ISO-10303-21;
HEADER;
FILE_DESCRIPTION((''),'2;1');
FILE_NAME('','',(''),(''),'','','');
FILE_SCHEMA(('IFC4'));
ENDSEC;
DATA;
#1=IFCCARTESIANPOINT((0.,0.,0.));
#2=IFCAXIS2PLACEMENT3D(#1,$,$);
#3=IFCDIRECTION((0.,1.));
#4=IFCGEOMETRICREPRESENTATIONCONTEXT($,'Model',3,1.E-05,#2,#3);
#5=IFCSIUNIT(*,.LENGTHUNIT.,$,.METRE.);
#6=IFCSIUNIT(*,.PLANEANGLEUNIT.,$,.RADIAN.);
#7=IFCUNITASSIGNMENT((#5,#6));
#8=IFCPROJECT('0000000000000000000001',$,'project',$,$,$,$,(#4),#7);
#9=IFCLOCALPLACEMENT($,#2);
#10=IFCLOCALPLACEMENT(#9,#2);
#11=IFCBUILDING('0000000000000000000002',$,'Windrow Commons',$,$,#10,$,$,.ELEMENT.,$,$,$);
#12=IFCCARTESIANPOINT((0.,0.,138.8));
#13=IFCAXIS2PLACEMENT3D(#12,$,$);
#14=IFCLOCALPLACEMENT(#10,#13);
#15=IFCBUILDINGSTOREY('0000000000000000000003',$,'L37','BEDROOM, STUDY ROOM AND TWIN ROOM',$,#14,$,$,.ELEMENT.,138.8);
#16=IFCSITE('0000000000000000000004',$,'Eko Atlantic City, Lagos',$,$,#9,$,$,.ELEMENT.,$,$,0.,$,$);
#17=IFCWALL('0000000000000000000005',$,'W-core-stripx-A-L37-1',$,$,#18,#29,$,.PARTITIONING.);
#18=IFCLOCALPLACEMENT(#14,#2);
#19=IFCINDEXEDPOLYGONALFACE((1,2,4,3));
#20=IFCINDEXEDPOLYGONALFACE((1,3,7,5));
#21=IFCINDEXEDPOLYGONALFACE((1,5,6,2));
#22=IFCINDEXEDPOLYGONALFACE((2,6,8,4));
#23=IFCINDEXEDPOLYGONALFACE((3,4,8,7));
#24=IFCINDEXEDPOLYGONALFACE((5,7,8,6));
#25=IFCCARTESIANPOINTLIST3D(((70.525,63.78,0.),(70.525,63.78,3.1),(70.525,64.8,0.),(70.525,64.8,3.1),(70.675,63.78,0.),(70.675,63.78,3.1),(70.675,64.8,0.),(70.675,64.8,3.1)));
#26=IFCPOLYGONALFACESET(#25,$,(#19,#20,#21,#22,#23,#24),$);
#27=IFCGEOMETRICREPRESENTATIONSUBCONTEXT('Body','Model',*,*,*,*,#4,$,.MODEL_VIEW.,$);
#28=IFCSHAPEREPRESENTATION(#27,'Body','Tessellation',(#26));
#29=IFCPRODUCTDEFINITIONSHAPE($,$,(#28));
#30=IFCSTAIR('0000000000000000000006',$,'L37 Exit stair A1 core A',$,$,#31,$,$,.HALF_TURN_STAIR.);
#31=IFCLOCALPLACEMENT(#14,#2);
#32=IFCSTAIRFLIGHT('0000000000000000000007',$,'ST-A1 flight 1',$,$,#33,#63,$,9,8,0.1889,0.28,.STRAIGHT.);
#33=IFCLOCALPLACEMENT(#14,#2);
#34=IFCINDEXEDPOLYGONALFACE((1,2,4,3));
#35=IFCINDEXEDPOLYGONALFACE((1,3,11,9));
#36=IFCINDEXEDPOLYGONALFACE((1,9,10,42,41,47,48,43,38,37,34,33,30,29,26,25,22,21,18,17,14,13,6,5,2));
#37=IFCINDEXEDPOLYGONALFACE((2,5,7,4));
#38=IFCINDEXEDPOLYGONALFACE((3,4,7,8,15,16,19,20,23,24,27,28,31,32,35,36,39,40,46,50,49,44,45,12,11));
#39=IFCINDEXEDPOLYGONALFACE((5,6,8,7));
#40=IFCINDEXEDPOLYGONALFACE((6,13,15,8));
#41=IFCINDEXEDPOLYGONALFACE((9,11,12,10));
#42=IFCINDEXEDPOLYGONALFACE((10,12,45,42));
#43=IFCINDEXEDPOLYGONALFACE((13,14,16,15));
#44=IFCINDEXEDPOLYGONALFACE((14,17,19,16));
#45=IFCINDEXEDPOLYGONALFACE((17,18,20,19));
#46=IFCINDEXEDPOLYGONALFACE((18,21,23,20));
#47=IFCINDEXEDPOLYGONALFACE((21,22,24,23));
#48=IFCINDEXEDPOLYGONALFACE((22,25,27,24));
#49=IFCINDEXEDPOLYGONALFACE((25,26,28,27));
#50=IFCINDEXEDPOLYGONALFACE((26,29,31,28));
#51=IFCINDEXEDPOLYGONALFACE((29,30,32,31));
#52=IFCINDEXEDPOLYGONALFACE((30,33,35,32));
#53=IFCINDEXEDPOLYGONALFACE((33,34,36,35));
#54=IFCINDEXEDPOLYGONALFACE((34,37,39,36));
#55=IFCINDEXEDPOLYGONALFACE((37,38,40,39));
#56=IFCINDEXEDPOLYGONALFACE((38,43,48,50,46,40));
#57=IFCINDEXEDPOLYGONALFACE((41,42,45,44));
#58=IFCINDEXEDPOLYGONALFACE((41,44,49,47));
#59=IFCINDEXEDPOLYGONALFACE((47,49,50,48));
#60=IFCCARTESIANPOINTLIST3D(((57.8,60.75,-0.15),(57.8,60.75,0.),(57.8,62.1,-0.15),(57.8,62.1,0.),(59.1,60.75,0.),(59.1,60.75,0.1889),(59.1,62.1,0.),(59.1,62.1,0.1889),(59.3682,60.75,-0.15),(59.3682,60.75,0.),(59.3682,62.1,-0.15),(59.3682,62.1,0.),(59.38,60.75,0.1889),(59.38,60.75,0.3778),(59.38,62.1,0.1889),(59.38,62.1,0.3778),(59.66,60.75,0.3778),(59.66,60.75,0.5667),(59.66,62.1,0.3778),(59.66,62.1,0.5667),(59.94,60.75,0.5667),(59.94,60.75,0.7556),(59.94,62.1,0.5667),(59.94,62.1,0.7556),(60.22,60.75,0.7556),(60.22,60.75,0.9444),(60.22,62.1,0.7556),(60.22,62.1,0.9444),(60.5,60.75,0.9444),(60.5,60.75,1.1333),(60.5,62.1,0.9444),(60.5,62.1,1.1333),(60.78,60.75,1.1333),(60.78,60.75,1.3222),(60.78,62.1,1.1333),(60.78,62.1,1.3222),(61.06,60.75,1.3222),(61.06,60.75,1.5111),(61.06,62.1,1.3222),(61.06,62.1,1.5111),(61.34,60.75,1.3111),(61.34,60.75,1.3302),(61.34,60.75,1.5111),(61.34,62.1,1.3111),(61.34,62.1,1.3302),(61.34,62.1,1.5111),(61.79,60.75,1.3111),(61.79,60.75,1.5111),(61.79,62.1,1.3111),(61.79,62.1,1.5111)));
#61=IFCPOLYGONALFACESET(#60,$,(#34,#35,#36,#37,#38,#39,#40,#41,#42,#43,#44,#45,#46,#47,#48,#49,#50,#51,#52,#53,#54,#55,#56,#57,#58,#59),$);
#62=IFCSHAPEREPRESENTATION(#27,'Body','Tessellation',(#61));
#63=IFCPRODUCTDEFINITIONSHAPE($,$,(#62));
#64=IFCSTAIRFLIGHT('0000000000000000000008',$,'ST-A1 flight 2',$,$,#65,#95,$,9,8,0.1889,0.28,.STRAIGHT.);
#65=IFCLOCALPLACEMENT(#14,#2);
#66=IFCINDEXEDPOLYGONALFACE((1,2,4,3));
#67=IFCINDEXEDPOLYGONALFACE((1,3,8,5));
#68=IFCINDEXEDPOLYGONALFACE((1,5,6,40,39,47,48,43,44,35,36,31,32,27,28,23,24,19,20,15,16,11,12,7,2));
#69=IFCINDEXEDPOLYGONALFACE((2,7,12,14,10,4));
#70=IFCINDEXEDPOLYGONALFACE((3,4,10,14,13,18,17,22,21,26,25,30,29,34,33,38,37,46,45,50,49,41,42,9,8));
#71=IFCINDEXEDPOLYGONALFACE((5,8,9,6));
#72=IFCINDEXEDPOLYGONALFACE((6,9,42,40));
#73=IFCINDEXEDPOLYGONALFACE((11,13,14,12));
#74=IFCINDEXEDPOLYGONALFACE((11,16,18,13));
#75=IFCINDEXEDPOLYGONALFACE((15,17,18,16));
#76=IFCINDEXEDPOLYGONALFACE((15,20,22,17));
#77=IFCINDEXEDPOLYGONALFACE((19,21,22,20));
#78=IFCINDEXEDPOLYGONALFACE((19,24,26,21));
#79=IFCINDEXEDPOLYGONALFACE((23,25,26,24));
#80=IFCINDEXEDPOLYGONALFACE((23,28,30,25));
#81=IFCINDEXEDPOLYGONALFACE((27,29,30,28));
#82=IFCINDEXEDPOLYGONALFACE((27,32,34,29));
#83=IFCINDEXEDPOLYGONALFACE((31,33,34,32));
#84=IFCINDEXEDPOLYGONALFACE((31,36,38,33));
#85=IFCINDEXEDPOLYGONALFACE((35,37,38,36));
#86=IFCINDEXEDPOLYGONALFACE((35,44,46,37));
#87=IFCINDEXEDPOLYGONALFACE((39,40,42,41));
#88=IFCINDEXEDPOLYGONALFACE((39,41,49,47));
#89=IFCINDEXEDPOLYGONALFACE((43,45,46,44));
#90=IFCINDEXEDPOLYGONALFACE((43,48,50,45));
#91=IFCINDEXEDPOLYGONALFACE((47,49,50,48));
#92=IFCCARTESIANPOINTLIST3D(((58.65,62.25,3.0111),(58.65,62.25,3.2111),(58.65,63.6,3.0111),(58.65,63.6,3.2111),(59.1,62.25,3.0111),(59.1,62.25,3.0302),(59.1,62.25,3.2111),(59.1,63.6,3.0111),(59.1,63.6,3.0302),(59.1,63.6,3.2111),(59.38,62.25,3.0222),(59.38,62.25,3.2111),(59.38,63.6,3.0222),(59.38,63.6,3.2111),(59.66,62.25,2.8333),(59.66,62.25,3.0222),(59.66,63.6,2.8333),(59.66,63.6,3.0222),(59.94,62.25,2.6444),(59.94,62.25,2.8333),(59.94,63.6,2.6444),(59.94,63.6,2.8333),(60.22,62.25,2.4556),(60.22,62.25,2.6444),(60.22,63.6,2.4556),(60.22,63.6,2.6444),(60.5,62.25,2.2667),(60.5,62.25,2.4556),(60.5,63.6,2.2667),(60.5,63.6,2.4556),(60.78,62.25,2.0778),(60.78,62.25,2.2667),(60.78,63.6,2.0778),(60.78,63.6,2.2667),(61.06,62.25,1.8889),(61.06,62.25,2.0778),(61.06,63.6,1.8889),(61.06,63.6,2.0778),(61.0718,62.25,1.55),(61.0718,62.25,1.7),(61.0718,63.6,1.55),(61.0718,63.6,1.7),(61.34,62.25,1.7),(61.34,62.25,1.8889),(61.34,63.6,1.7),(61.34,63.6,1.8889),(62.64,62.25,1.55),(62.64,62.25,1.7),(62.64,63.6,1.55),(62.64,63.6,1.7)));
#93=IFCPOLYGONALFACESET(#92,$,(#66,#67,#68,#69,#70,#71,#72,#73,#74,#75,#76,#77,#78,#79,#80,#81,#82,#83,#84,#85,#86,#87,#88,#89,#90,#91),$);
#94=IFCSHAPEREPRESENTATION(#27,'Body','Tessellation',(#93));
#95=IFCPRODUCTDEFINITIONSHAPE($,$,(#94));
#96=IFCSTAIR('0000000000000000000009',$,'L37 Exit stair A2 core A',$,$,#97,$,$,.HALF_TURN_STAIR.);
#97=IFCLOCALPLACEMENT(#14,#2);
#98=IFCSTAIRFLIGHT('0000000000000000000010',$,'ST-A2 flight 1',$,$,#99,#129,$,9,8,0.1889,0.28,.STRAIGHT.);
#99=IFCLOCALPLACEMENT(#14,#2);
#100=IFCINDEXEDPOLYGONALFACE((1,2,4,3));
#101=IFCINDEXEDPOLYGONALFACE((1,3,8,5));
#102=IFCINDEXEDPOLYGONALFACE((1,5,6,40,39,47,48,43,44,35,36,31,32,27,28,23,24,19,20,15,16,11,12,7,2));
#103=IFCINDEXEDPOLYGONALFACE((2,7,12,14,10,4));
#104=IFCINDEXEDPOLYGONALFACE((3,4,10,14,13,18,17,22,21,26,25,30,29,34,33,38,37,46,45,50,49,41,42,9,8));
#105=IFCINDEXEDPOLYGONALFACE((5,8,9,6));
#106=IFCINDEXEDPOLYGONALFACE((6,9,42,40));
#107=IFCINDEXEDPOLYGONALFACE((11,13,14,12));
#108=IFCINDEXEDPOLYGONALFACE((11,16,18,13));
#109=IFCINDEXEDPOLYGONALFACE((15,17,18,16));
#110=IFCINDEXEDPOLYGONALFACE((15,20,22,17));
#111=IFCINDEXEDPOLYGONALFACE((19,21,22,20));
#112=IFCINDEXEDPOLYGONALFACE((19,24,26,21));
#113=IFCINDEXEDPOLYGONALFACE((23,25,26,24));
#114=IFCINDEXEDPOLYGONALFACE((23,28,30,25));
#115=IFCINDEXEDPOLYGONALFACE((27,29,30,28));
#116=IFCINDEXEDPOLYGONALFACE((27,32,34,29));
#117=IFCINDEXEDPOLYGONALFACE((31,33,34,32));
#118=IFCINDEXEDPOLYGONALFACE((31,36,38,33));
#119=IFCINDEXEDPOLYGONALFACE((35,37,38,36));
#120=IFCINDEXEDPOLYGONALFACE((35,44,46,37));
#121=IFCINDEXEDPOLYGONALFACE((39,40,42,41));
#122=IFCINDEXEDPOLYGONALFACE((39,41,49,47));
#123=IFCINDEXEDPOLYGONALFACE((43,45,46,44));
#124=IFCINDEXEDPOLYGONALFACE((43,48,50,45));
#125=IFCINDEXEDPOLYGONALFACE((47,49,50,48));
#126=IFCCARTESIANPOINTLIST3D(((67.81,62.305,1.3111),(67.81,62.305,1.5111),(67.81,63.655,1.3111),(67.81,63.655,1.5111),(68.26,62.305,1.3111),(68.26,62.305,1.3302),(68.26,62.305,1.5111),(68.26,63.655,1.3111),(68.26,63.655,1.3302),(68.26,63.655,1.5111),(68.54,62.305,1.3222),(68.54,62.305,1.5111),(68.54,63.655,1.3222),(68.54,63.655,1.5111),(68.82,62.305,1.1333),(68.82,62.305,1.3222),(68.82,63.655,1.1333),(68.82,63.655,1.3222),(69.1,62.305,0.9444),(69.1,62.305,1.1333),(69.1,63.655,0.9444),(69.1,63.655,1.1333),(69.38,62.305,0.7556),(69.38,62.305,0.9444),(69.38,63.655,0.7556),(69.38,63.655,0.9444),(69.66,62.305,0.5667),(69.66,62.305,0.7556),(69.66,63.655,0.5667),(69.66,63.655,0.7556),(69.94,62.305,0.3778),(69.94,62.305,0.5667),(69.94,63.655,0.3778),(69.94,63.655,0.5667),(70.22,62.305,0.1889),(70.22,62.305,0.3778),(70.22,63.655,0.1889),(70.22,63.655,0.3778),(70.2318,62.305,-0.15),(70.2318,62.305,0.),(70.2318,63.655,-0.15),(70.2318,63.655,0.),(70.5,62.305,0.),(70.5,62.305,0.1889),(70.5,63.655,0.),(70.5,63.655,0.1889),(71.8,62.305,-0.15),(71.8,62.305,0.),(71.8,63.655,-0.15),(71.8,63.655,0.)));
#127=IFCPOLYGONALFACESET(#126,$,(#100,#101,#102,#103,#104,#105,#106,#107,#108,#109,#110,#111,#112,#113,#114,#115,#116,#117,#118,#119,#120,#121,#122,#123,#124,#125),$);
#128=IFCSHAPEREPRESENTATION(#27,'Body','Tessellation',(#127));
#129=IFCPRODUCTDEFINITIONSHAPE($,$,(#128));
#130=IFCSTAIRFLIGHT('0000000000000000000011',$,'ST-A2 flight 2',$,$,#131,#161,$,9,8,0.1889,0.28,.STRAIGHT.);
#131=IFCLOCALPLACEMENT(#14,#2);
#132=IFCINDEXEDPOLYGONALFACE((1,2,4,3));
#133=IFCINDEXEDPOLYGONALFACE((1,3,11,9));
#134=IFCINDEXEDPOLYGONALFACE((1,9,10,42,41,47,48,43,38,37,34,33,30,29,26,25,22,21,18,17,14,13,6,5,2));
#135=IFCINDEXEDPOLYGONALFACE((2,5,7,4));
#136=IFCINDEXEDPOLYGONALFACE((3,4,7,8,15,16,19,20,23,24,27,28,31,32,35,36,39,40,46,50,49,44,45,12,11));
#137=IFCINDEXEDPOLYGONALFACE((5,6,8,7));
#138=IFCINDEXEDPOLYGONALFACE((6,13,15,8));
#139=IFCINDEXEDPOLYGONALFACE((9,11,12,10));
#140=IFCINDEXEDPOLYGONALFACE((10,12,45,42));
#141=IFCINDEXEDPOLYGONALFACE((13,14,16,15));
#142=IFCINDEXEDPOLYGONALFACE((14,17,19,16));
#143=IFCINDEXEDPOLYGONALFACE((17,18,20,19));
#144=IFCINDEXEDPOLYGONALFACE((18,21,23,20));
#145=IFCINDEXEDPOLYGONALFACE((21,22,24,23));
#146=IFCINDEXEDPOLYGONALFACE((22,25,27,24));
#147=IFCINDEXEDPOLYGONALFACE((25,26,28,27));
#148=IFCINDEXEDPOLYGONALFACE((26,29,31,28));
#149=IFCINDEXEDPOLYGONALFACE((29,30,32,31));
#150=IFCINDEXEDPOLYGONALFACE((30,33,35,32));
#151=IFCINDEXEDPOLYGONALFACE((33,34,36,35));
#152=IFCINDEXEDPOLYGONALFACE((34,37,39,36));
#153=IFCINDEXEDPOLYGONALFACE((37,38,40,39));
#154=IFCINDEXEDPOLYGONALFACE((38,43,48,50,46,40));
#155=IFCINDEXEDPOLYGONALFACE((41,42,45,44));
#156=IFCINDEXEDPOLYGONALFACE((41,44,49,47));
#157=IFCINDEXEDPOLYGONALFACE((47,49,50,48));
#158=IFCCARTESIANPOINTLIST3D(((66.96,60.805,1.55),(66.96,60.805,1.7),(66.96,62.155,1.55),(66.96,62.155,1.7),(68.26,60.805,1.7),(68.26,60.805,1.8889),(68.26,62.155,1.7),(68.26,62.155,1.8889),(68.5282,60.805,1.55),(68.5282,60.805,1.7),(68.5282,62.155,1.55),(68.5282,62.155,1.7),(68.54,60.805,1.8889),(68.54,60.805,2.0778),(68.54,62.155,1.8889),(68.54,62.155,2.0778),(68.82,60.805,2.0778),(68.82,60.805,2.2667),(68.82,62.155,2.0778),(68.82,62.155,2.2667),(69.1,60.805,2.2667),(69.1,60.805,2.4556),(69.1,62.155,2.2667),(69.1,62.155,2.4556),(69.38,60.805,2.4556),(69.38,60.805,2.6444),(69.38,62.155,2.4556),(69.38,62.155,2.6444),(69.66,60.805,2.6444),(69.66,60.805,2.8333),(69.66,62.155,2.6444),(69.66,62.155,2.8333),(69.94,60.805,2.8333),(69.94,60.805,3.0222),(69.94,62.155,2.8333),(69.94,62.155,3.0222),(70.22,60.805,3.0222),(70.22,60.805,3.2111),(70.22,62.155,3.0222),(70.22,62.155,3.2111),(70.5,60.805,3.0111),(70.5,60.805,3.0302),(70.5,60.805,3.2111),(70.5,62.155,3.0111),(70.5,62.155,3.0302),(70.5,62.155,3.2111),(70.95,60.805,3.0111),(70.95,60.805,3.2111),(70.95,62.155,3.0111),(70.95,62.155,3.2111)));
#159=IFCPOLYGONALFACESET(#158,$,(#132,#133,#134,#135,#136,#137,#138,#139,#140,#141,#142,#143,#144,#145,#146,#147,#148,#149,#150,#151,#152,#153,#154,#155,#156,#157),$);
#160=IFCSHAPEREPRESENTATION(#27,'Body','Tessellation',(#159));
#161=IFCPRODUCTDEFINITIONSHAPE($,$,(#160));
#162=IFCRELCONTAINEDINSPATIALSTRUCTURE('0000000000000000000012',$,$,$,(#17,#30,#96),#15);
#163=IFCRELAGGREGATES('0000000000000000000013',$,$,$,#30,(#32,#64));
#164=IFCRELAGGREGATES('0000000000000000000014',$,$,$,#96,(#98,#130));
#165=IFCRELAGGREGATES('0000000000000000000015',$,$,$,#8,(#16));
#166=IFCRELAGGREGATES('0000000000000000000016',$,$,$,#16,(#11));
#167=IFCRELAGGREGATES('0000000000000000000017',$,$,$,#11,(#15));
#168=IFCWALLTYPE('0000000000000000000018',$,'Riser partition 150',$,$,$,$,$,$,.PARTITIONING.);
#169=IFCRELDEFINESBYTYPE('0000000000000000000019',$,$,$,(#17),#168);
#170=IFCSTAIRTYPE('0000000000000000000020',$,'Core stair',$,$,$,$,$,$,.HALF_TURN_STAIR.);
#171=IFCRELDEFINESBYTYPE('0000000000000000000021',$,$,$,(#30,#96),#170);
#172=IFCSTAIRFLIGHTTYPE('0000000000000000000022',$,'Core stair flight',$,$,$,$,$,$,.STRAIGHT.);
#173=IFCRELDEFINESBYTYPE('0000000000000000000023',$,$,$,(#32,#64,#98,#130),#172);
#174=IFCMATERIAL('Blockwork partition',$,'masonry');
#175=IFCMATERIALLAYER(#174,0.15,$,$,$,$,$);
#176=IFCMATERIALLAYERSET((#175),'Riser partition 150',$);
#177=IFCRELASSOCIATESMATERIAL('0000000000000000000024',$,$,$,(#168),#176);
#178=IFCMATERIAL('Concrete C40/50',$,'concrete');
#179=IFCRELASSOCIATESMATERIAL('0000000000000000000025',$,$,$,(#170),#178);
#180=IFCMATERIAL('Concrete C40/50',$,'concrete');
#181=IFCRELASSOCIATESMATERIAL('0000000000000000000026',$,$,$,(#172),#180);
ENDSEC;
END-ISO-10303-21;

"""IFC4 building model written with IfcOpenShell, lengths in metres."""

from ifc_helpers import new_model, si_unit, direction, frame, frame_2d, origin, place, context, subcontext, project, spatial, polyline, rectangle, outline, extrude, material, layer, layer_set, type_object, element, aggregate, save


model = new_model("IFC4")

# Units and contexts
model_context = context("Model", 3, precision=1e-05, world=origin(), true_north=direction((0.0, 1.0)))
body_context = subcontext(model_context, "Body", "Model", "MODEL_VIEW")
ifc_project = project(units=[si_unit("LENGTHUNIT", "METRE"), si_unit("PLANEANGLEUNIT", "RADIAN")], contexts=[model_context])

# Site, building, storey
site_placement = place(None, origin())
site = spatial("IfcSite", under=ifc_project, at=site_placement, Name="Eko Atlantic City, Lagos", CompositionType="ELEMENT", RefElevation=0.0)
building_placement = place(site_placement, origin())
building = spatial("IfcBuilding", under=site, at=building_placement, Name="Windrow Commons", CompositionType="ELEMENT")
storey_placement = place(building_placement, frame((0.0, 0.0, 138.8)))
storey = spatial("IfcBuildingStorey", under=building, at=storey_placement, Name="L37", Description="BEDROOM, STUDY ROOM AND TWIN ROOM", CompositionType="ELEMENT", Elevation=138.8)

# Wall
ifc_material_1 = material(Name="Blockwork partition", Category="masonry")
ifc_layer_1 = layer(ifc_material_1, 0.15)
ifc_layer_set_1 = layer_set([ifc_layer_1], Name="Riser partition 150")
wall_type_1 = type_object("IfcWallType", Name="Riser partition 150", PredefinedType="PARTITIONING", material=ifc_layer_set_1)
wall_1_placement = place(storey_placement, frame((70.6, 63.78, 0.0), z_axis=(0.0, 0.0, 1.0), x_axis=(0.0, 1.0, 0.0)))
element("IfcWall", 1, at=wall_1_placement, inside=storey, type_object=wall_type_1, Name="W-core-stripx-A-L37-1", PredefinedType="PARTITIONING", context=body_context, shape_type="SweptSolid", body=[
    extrude(rectangle(XDim=1.02, YDim=0.15, at=frame_2d((0.51, 0.0))), origin(), (0.0, 0.0, 1.0), 3.1),
])

# Stairs, stair flights
ifc_material_2 = material(Name="Concrete C40/50", Category="concrete")
stair_type = type_object("IfcStairType", Name="Core stair", PredefinedType="HALF_TURN_STAIR", material=ifc_material_2)
placement = place(storey_placement, origin())
stair_1 = element("IfcStair", 2, at=placement, inside=storey, type_object=stair_type, Name="L37 Exit stair A1 core A", PredefinedType="HALF_TURN_STAIR")
ifc_material_3 = material(Name="Concrete C40/50", Category="concrete")
stair_flight_type = type_object("IfcStairFlightType", Name="Core stair flight", PredefinedType="STRAIGHT", material=ifc_material_3)
stair_flight_1_placement = place(storey_placement, frame((59.1, 61.425, 0.0), z_axis=(0.0, 0.0, 1.0), x_axis=(1.0, 0.0, 0.0)))
stair_flight_1 = element("IfcStairFlight", 3, at=stair_flight_1_placement, type_object=stair_flight_type, Name="ST-A1 flight 1", NumberOfRisers=9, NumberOfTreads=8, PredefinedType="STRAIGHT", RiserHeight=0.1889, TreadLength=0.28, context=body_context, shape_type="SweptSolid", body=[
    extrude(outline(polyline([(-1.3, -0.15), (-1.3, 0.0), (0.0, 0.0), (0.0, 0.1889), (0.28, 0.1889), (0.28, 0.3778), (0.56, 0.3778), (0.56, 0.5667), (0.84, 0.5667), (0.84, 0.7556), (1.12, 0.7556), (1.12, 0.9444), (1.4, 0.9444), (1.4, 1.1333), (1.68, 1.1333), (1.68, 1.3222), (1.96, 1.3222), (1.96, 1.5111), (2.24, 1.5111), (2.69, 1.5111), (2.69, 1.3111), (2.24, 1.3111), (2.24, 1.3302), (0.2682, 0.0), (0.2682, -0.15), (-1.3, -0.15)])), frame((0.0, 0.675, 0.0), z_axis=(0.0, -1.0, 0.0), x_axis=(1.0, 0.0, 0.0)), (0.0, 0.0, 1.0), 1.35),
])
stair_flight_2_placement = place(storey_placement, frame((61.34, 62.925, 1.7), z_axis=(0.0, 0.0, 1.0), x_axis=(-1.0, 0.0, 0.0)))
stair_flight_2 = element("IfcStairFlight", 4, at=stair_flight_2_placement, type_object=stair_flight_type, Name="ST-A1 flight 2", NumberOfRisers=9, NumberOfTreads=8, PredefinedType="STRAIGHT", RiserHeight=0.1889, TreadLength=0.28, context=body_context, shape_type="SweptSolid", body=[
    extrude(outline(polyline([(-1.3, -0.15), (-1.3, 0.0), (0.0, 0.0), (0.0, 0.1889), (0.28, 0.1889), (0.28, 0.3778), (0.56, 0.3778), (0.56, 0.5667), (0.84, 0.5667), (0.84, 0.7556), (1.12, 0.7556), (1.12, 0.9444), (1.4, 0.9444), (1.4, 1.1333), (1.68, 1.1333), (1.68, 1.3222), (1.96, 1.3222), (1.96, 1.5111), (2.24, 1.5111), (2.69, 1.5111), (2.69, 1.3111), (2.24, 1.3111), (2.24, 1.3302), (0.2682, 0.0), (0.2682, -0.15), (-1.3, -0.15)])), frame((0.0, 0.675, 0.0), z_axis=(0.0, -1.0, 0.0), x_axis=(1.0, 0.0, 0.0)), (0.0, 0.0, 1.0), 1.35),
])
aggregate(stair_1, [stair_flight_1, stair_flight_2])
stair_2 = element("IfcStair", 5, at=placement, inside=storey, type_object=stair_type, Name="L37 Exit stair A2 core A", PredefinedType="HALF_TURN_STAIR")
stair_flight_3_placement = place(storey_placement, frame((70.5, 62.98, 0.0), z_axis=(0.0, 0.0, 1.0), x_axis=(-1.0, 0.0, 0.0)))
stair_flight_3 = element("IfcStairFlight", 6, at=stair_flight_3_placement, type_object=stair_flight_type, Name="ST-A2 flight 1", NumberOfRisers=9, NumberOfTreads=8, PredefinedType="STRAIGHT", RiserHeight=0.1889, TreadLength=0.28, context=body_context, shape_type="SweptSolid", body=[
    extrude(outline(polyline([(-1.3, -0.15), (-1.3, 0.0), (0.0, 0.0), (0.0, 0.1889), (0.28, 0.1889), (0.28, 0.3778), (0.56, 0.3778), (0.56, 0.5667), (0.84, 0.5667), (0.84, 0.7556), (1.12, 0.7556), (1.12, 0.9444), (1.4, 0.9444), (1.4, 1.1333), (1.68, 1.1333), (1.68, 1.3222), (1.96, 1.3222), (1.96, 1.5111), (2.24, 1.5111), (2.69, 1.5111), (2.69, 1.3111), (2.24, 1.3111), (2.24, 1.3302), (0.2682, 0.0), (0.2682, -0.15), (-1.3, -0.15)])), frame((0.0, 0.675, 0.0), z_axis=(0.0, -1.0, 0.0), x_axis=(1.0, 0.0, 0.0)), (0.0, 0.0, 1.0), 1.35),
])
stair_flight_4_placement = place(storey_placement, frame((68.26, 61.48, 1.7), z_axis=(0.0, 0.0, 1.0), x_axis=(1.0, 0.0, 0.0)))
stair_flight_4 = element("IfcStairFlight", 7, at=stair_flight_4_placement, type_object=stair_flight_type, Name="ST-A2 flight 2", NumberOfRisers=9, NumberOfTreads=8, PredefinedType="STRAIGHT", RiserHeight=0.1889, TreadLength=0.28, context=body_context, shape_type="SweptSolid", body=[
    extrude(outline(polyline([(-1.3, -0.15), (-1.3, 0.0), (0.0, 0.0), (0.0, 0.1889), (0.28, 0.1889), (0.28, 0.3778), (0.56, 0.3778), (0.56, 0.5667), (0.84, 0.5667), (0.84, 0.7556), (1.12, 0.7556), (1.12, 0.9444), (1.4, 0.9444), (1.4, 1.1333), (1.68, 1.1333), (1.68, 1.3222), (1.96, 1.3222), (1.96, 1.5111), (2.24, 1.5111), (2.69, 1.5111), (2.69, 1.3111), (2.24, 1.3111), (2.24, 1.3302), (0.2682, 0.0), (0.2682, -0.15), (-1.3, -0.15)])), frame((0.0, 0.675, 0.0), z_axis=(0.0, -1.0, 0.0), x_axis=(1.0, 0.0, 0.0)), (0.0, 0.0, 1.0), 1.35),
])
aggregate(stair_2, [stair_flight_3, stair_flight_4])

save(model, "model.ifc")
